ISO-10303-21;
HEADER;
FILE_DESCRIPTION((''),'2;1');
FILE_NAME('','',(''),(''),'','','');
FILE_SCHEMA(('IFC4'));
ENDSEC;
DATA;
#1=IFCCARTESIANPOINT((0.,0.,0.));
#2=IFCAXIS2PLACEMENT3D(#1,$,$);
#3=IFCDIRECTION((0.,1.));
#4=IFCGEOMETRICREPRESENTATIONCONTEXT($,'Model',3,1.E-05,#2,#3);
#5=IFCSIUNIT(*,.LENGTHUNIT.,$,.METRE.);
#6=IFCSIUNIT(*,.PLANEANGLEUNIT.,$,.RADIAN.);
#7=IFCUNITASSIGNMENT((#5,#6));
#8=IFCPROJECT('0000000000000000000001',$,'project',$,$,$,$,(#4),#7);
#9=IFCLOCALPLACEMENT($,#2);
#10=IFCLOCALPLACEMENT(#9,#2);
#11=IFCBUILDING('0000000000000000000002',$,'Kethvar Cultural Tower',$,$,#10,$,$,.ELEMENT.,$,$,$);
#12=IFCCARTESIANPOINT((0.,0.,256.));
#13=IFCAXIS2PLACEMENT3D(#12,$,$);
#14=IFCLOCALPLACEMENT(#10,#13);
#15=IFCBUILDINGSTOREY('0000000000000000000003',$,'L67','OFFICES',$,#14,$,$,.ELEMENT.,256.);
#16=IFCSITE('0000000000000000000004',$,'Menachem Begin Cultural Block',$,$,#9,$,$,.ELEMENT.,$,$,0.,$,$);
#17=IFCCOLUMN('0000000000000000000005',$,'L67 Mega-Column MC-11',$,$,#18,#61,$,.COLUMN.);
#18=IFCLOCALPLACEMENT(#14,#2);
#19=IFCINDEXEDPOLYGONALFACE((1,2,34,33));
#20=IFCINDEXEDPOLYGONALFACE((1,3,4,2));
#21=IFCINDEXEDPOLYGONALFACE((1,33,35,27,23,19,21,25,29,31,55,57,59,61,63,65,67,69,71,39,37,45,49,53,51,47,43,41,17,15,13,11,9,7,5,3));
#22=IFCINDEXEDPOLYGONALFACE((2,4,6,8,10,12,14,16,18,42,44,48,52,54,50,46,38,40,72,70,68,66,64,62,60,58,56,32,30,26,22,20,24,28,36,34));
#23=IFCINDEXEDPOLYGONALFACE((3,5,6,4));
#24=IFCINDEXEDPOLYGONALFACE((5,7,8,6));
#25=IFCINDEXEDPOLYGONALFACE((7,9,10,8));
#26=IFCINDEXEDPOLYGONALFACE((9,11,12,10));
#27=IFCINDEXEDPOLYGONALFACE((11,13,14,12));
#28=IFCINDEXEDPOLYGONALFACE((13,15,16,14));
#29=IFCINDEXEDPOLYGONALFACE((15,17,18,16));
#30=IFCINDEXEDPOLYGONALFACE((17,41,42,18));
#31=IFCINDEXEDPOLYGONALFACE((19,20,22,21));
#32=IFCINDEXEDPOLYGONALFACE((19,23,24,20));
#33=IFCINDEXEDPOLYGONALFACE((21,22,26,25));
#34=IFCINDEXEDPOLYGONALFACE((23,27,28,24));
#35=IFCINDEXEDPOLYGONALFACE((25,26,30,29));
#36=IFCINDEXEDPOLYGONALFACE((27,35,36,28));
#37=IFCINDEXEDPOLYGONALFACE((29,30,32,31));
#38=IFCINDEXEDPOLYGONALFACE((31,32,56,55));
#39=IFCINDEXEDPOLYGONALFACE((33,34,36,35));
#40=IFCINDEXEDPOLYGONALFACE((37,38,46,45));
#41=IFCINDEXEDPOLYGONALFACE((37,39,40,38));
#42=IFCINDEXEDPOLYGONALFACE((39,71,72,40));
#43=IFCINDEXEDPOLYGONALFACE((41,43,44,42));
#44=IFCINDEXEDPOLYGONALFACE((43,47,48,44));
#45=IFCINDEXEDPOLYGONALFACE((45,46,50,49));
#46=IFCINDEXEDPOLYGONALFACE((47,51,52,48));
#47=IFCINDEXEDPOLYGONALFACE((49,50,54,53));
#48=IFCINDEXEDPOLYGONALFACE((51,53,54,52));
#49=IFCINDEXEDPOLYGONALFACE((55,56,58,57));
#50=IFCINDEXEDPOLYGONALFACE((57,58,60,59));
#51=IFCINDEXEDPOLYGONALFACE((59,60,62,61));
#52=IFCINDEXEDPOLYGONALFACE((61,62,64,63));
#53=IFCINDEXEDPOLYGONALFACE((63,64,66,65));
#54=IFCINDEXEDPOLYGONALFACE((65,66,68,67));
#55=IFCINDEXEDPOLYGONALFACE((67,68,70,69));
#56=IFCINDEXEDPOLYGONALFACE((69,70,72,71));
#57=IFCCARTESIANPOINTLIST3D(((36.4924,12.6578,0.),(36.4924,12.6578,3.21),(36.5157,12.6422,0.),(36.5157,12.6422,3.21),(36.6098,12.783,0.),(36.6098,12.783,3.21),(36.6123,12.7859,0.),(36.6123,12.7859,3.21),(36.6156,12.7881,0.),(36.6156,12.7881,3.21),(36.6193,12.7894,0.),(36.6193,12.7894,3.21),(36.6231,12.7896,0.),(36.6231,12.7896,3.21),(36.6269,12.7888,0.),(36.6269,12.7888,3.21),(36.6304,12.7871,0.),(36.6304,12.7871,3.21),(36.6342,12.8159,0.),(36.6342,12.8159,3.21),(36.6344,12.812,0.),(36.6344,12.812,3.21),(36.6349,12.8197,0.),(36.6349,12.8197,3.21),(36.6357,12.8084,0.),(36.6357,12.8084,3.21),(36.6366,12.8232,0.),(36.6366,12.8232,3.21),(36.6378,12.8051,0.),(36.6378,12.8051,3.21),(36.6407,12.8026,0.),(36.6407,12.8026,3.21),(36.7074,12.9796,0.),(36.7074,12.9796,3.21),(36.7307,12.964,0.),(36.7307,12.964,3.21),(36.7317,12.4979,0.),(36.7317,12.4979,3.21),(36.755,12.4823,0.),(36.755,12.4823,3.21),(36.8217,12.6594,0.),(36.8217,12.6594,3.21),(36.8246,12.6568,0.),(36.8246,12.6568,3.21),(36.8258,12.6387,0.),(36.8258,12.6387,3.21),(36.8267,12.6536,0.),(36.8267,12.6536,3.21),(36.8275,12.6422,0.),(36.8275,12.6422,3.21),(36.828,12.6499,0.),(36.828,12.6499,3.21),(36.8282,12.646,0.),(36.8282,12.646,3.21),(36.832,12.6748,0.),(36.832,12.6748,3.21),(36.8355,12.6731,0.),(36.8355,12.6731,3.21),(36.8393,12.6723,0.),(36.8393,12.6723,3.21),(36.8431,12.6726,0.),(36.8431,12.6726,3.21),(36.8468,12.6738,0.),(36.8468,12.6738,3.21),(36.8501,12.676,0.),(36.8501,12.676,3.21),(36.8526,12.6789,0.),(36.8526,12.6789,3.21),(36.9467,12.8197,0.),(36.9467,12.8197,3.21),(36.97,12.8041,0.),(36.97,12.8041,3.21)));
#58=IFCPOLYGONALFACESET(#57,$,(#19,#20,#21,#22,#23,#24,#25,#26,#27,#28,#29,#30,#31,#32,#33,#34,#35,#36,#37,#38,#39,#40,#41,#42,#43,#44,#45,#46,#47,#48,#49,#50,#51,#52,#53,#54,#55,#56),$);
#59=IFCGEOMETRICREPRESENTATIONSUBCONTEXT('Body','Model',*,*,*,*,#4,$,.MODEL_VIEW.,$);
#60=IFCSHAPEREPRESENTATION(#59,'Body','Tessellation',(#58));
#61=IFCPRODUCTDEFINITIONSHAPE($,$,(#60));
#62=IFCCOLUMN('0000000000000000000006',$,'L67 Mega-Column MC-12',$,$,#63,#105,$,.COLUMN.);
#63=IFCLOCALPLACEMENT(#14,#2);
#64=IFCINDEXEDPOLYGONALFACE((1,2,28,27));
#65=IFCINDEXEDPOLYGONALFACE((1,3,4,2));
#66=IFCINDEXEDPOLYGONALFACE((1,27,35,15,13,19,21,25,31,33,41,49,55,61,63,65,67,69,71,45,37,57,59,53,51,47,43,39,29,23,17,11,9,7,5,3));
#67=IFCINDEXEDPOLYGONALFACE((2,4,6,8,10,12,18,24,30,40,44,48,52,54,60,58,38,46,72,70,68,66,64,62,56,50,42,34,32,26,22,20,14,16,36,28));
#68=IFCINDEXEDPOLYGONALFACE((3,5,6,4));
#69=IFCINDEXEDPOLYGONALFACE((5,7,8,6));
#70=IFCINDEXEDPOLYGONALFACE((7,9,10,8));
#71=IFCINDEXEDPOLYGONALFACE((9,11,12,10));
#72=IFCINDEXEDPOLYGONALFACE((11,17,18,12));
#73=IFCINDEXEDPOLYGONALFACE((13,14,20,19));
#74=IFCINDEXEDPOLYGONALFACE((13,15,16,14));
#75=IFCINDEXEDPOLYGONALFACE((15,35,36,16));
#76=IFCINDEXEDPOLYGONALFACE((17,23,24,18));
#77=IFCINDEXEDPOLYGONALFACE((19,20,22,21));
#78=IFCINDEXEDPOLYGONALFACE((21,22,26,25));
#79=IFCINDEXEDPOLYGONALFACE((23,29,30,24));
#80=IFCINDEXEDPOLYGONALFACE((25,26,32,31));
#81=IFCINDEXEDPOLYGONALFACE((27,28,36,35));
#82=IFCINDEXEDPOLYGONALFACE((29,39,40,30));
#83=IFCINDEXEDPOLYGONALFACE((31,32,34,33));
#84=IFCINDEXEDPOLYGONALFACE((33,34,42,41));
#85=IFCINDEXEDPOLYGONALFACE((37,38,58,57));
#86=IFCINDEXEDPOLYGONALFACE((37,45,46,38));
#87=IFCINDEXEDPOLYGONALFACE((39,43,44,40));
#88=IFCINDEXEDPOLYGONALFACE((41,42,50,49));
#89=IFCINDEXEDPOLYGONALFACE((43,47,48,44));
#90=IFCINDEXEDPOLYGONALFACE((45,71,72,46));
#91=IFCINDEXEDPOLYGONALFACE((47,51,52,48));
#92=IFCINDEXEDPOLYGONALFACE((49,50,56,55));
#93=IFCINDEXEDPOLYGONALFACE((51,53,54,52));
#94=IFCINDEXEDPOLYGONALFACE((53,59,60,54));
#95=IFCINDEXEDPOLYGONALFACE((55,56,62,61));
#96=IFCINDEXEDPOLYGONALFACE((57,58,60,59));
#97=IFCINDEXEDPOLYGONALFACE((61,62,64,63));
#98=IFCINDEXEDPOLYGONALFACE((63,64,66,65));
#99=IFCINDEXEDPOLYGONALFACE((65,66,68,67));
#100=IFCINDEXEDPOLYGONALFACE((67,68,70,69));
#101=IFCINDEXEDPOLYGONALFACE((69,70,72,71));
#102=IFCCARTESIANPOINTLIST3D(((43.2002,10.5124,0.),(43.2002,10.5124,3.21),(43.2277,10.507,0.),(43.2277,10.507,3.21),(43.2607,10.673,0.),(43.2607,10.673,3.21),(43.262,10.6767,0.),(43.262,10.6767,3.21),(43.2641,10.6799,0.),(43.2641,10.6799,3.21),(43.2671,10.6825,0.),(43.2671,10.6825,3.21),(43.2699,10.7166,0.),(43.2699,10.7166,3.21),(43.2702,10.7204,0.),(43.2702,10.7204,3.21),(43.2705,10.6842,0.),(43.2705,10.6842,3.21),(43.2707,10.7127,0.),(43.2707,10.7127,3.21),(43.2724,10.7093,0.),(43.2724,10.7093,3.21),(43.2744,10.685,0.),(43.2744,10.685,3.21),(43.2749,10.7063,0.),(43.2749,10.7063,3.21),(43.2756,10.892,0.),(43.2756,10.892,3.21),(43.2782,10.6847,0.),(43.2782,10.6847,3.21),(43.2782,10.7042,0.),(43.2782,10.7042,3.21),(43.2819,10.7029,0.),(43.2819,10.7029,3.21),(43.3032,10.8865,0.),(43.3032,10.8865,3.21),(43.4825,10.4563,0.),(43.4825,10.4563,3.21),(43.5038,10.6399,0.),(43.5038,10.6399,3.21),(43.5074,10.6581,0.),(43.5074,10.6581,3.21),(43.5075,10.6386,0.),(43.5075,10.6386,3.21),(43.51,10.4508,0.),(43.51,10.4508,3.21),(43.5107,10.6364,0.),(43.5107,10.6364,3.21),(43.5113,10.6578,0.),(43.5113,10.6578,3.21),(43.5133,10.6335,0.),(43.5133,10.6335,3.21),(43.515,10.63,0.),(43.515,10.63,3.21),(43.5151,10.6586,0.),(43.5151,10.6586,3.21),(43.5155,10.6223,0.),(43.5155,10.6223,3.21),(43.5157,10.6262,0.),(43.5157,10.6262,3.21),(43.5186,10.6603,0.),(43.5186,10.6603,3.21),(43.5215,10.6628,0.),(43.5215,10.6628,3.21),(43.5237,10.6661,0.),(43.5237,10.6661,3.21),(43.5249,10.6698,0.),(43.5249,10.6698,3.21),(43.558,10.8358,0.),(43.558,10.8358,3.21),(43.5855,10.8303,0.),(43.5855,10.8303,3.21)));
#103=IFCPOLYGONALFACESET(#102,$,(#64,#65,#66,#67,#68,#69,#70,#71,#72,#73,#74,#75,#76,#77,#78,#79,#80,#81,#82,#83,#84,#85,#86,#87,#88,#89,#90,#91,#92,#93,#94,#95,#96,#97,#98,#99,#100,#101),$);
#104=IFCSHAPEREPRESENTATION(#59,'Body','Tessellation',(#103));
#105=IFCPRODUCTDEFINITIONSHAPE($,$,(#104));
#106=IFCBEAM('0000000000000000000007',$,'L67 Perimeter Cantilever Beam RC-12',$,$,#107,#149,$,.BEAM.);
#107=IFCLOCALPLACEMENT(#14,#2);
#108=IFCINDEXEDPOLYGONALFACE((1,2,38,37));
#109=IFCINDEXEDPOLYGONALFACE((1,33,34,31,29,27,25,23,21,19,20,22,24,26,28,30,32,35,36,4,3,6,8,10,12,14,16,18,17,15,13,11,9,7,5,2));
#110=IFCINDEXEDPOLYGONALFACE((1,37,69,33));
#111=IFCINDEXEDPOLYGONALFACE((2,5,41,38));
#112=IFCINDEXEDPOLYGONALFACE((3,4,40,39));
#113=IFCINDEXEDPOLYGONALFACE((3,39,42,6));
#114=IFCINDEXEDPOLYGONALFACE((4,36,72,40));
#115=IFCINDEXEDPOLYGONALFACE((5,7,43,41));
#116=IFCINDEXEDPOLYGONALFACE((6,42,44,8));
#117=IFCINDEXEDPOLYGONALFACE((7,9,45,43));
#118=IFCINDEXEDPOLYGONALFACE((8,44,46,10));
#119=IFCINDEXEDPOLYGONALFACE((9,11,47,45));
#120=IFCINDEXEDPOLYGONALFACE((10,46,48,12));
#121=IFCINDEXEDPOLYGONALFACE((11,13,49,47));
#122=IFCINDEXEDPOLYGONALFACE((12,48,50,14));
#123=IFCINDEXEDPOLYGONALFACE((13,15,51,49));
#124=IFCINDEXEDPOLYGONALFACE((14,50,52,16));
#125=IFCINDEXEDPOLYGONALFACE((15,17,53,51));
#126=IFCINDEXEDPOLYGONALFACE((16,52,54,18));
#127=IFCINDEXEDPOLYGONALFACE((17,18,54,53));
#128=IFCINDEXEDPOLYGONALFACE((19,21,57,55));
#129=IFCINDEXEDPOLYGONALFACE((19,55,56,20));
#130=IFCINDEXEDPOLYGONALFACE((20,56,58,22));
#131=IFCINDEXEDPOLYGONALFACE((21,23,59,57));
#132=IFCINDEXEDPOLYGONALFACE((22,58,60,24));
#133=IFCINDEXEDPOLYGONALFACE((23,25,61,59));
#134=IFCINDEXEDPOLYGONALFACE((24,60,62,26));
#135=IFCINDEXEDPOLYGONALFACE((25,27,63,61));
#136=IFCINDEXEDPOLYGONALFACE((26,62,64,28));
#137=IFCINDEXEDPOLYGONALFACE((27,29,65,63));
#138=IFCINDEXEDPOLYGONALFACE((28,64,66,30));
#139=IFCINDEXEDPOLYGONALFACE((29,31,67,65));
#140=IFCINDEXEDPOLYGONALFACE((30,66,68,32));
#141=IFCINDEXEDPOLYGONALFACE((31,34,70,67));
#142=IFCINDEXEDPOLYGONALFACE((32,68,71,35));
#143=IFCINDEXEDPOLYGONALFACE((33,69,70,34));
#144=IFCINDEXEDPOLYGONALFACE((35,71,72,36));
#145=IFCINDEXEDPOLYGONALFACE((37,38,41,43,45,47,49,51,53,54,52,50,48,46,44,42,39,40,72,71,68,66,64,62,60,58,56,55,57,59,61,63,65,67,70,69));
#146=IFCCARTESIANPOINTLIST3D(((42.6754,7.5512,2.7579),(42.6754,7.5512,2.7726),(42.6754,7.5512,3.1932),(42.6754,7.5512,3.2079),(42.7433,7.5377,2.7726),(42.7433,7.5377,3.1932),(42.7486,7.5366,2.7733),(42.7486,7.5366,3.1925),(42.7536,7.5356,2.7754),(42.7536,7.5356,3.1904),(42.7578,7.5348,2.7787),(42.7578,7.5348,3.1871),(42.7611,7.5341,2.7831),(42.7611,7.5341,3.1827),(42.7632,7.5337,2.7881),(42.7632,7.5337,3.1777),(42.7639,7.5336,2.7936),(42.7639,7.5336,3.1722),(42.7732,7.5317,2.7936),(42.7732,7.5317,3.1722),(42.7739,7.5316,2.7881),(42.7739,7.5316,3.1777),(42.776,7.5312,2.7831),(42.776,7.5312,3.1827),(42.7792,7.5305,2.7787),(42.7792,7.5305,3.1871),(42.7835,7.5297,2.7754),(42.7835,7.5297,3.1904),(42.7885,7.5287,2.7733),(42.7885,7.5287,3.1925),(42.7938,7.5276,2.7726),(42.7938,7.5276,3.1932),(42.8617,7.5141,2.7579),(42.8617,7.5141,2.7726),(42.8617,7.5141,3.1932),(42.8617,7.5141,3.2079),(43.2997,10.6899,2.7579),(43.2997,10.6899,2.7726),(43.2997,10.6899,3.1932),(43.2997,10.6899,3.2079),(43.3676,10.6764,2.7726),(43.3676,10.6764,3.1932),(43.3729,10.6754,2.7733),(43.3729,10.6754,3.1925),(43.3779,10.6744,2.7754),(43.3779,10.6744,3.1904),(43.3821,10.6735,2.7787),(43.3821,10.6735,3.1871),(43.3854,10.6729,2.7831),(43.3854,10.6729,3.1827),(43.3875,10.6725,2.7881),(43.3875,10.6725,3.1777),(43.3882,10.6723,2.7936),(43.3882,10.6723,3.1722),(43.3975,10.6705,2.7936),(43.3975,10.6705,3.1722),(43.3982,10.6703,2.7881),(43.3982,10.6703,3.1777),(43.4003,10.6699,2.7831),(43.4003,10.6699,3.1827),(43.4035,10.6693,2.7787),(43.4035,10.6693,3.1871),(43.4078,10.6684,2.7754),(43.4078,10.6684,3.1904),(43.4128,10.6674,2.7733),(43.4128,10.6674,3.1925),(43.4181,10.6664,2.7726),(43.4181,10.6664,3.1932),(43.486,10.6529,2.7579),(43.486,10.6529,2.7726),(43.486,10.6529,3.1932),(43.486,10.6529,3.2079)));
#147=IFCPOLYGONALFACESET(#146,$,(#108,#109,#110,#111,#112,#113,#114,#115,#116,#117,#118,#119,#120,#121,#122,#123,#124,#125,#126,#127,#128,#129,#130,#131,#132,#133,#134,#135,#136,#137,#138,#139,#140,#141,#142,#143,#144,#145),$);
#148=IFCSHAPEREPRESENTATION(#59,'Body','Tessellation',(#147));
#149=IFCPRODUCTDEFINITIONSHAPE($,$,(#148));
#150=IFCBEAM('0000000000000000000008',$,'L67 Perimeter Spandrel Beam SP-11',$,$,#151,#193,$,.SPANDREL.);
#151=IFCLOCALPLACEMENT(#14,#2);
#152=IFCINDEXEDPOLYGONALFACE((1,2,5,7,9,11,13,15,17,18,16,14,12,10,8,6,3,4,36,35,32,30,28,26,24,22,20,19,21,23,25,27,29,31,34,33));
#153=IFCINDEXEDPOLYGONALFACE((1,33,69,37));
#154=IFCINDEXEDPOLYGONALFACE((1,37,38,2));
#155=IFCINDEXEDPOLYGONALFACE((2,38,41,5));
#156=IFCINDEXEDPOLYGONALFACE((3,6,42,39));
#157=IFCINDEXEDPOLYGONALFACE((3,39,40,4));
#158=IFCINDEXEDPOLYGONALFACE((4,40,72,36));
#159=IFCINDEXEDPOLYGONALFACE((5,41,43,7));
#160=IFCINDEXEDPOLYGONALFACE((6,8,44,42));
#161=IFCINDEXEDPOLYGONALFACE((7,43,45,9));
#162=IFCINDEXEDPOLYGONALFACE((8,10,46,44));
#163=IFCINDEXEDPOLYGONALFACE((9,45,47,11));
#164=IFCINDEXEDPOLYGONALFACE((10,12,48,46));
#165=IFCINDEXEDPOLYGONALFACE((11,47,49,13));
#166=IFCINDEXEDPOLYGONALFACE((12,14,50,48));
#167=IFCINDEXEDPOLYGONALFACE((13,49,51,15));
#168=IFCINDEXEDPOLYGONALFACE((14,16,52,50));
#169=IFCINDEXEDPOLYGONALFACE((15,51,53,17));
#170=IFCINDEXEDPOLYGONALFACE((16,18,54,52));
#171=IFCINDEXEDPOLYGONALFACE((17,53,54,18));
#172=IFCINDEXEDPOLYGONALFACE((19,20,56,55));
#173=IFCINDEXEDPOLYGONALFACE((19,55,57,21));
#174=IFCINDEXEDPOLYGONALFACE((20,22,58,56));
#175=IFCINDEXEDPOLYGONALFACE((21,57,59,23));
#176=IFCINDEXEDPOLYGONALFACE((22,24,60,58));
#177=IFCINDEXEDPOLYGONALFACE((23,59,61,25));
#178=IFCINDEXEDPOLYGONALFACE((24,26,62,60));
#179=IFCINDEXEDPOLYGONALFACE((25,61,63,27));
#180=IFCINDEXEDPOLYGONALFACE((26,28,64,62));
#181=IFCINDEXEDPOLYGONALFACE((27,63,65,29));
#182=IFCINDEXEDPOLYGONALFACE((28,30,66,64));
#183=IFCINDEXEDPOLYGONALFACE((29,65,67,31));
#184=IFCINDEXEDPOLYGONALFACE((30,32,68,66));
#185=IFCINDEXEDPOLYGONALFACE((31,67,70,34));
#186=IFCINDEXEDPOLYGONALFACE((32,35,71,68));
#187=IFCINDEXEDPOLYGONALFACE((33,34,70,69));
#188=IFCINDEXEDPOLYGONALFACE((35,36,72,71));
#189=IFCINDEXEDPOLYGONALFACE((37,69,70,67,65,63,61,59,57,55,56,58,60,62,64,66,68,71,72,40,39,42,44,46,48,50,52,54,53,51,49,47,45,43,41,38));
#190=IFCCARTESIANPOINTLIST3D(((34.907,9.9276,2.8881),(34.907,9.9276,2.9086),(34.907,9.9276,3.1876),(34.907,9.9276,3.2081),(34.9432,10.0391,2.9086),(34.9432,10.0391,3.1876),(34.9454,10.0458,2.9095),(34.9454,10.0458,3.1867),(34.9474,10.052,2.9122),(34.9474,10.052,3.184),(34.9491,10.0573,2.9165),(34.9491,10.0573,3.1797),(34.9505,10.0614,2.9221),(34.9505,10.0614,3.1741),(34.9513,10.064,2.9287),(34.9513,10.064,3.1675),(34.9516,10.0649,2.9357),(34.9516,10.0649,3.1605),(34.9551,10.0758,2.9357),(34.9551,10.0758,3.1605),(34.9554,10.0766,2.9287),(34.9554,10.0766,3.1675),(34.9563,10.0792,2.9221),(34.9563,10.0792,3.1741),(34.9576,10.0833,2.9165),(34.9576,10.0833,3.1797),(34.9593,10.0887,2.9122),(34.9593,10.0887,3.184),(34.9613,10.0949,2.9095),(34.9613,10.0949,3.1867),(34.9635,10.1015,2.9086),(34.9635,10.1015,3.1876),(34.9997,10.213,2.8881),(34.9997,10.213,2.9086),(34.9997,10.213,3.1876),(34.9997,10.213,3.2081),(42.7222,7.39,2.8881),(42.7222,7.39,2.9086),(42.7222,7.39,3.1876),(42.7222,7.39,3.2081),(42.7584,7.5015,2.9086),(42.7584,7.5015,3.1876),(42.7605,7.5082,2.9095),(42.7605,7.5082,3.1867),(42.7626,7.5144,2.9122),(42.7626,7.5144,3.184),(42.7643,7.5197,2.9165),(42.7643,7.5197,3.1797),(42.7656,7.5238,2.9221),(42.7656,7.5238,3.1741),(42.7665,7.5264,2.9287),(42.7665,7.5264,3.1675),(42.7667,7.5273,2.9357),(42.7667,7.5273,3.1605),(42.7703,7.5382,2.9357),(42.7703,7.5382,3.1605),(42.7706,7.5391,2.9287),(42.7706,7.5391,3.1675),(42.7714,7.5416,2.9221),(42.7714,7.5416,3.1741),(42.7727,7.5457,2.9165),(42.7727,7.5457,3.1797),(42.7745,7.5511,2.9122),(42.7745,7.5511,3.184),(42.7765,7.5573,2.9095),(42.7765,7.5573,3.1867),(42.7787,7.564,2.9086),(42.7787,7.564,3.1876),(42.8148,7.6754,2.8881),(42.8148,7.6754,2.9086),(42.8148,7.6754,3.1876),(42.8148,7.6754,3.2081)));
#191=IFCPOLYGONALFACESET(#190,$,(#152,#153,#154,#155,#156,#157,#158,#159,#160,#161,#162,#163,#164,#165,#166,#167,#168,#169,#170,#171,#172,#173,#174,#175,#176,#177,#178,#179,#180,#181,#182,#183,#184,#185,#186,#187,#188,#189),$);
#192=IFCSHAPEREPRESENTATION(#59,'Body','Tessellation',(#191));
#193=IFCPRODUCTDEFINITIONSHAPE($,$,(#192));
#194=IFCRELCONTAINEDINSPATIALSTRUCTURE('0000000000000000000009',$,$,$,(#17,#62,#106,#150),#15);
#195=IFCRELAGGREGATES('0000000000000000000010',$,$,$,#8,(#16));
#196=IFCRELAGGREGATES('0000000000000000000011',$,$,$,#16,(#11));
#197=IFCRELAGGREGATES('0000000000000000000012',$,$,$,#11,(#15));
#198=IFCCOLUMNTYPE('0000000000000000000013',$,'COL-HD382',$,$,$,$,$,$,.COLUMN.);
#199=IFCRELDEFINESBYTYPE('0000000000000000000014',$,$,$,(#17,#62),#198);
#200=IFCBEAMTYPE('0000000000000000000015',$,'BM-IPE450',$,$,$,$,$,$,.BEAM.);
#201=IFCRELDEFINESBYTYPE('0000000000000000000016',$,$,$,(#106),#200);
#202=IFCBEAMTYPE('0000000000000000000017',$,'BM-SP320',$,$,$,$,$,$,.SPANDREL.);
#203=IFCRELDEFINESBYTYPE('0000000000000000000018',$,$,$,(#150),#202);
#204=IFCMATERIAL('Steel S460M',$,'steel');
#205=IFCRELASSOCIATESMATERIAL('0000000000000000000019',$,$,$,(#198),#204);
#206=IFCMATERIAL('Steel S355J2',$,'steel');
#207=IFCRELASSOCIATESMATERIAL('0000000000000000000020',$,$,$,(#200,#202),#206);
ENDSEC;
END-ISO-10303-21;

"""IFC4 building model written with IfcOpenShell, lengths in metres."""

from ifc_helpers import new_model, si_unit, direction, frame, origin, origin_2d, place, context, subcontext, project, spatial, i_section, extrude, source, transform, mapped, material, material_profile, profile_set, type_object, element, save


model = new_model("IFC4")

# Units and contexts
model_context = context("Model", 3, precision=1e-05, world=origin(), true_north=direction((0.0, 1.0)))
body_context = subcontext(model_context, "Body", "Model", "MODEL_VIEW")
ifc_project = project(units=[si_unit("LENGTHUNIT", "METRE"), si_unit("PLANEANGLEUNIT", "RADIAN")], contexts=[model_context])

# Site, building, storey
site_placement = place(None, origin())
site = spatial("IfcSite", under=ifc_project, at=site_placement, Name="Menachem Begin Cultural Block", CompositionType="ELEMENT", RefElevation=0.0)
building_placement = place(site_placement, origin())
building = spatial("IfcBuilding", under=site, at=building_placement, Name="Kethvar Cultural Tower", CompositionType="ELEMENT")
storey_placement = place(building_placement, frame((0.0, 0.0, 256.0)))
storey = spatial("IfcBuildingStorey", under=building, at=storey_placement, Name="L67", Description="OFFICES", CompositionType="ELEMENT", Elevation=256.0)

# Columns
ifc_material_1 = material(Name="Steel S460M", Category="steel")
ifc_material_profile_1 = material_profile(ifc_material_1, i_section(OverallWidth=0.387, OverallDepth=0.3159, WebThickness=0.0186, FlangeThickness=0.0281, FilletRadius=0.0149, at=origin_2d()), Name="Steel S460M — HD400x382")
ifc_profile_set_1 = profile_set([ifc_material_profile_1], Name="Steel S460M — HD400x382")
column_type = type_object("IfcColumnType", Name="COL-HD382", PredefinedType="COLUMN", material=ifc_profile_set_1)
shared_shape_1 = source(origin(), body_context, "Body", "SweptSolid", [
    extrude(i_section(OverallWidth=0.387, OverallDepth=0.3159, WebThickness=0.0186, FlangeThickness=0.0281, FilletRadius=0.0149, at=origin_2d()), origin(), (0.0, 0.0, 1.0), 3.21),
])
for number, where, z_axis, x_axis, name in (
    (1, (36.7312, 12.731, 0.0), (0.0, 0.0, 1.0), (-0.55557, -0.83147, 0.0), "L67 Mega-Column MC-11"),
    (2, (43.3928, 10.6714, 0.0), (0.0, 0.0, 1.0), (-0.19509, -0.980785, 0.0), "L67 Mega-Column MC-12"),
):
    element("IfcColumn", number, at=place(storey_placement, frame(where, z_axis=z_axis, x_axis=x_axis)), inside=storey, type_object=column_type, Name=name, PredefinedType="COLUMN", context=body_context, shape_type="MappedRepresentation", body=[
        mapped(shared_shape_1, transform((0.0, 0.0, 0.0), scale=1.0)),
    ])

# Beams
ifc_material_2 = material(Name="Steel S355J2", Category="steel")
ifc_material_profile_2 = material_profile(ifc_material_2, i_section(OverallWidth=0.1899, OverallDepth=0.45, WebThickness=0.0095, FlangeThickness=0.0146, FilletRadius=0.021, at=origin_2d()), Name="Steel S355J2 — IPE450")
ifc_profile_set_2 = profile_set([ifc_material_profile_2], Name="Steel S355J2 — IPE450")
beam_type_1 = type_object("IfcBeamType", Name="BM-IPE450", PredefinedType="BEAM", material=ifc_profile_set_2)
shared_shape_2 = source(origin(), body_context, "Body", "SweptSolid", [
    extrude(i_section(OverallWidth=0.1899, OverallDepth=0.45, WebThickness=0.0095, FlangeThickness=0.0146, FilletRadius=0.021, at=origin_2d()), origin(), (0.0, 0.0, 1.0), 3.2002),
])
beam_1_placement = place(storey_placement, frame((43.3928, 10.6714, 2.9829), z_axis=(-0.195074, -0.980788, 0.0), x_axis=(0.980788, -0.195074, 0.0)))
element("IfcBeam", 3, at=beam_1_placement, inside=storey, type_object=beam_type_1, Name="L67 Perimeter Cantilever Beam RC-12", PredefinedType="BEAM", context=body_context, shape_type="MappedRepresentation", body=[
    mapped(shared_shape_2, transform((0.0, 0.0, 0.0), scale=1.0)),
])
ifc_material_profile_3 = material_profile(ifc_material_2, i_section(OverallWidth=0.3, OverallDepth=0.3201, WebThickness=0.0115, FlangeThickness=0.0205, FilletRadius=0.0271, at=origin_2d()), Name="Steel S355J2 — HEB320")
ifc_profile_set_3 = profile_set([ifc_material_profile_3], Name="Steel S355J2 — HEB320")
beam_type_2 = type_object("IfcBeamType", Name="BM-SP320", PredefinedType="SPANDREL", material=ifc_profile_set_3)
shared_shape_3 = source(origin(), body_context, "Body", "SweptSolid", [
    extrude(i_section(OverallWidth=0.3, OverallDepth=0.3201, WebThickness=0.0115, FlangeThickness=0.0205, FilletRadius=0.0271, at=origin_2d()), origin(), (0.0, 0.0, 1.0), 8.2168),
])
beam_2_placement = place(storey_placement, frame((34.9534, 10.0703, 3.0481), z_axis=(0.951118, -0.308829, 0.0), x_axis=(0.308829, 0.951118, 0.0)))
element("IfcBeam", 4, at=beam_2_placement, inside=storey, type_object=beam_type_2, Name="L67 Perimeter Spandrel Beam SP-11", PredefinedType="SPANDREL", context=body_context, shape_type="MappedRepresentation", body=[
    mapped(shared_shape_3, transform((0.0, 0.0, 0.0), scale=1.0)),
])

save(model, "model.ifc")
